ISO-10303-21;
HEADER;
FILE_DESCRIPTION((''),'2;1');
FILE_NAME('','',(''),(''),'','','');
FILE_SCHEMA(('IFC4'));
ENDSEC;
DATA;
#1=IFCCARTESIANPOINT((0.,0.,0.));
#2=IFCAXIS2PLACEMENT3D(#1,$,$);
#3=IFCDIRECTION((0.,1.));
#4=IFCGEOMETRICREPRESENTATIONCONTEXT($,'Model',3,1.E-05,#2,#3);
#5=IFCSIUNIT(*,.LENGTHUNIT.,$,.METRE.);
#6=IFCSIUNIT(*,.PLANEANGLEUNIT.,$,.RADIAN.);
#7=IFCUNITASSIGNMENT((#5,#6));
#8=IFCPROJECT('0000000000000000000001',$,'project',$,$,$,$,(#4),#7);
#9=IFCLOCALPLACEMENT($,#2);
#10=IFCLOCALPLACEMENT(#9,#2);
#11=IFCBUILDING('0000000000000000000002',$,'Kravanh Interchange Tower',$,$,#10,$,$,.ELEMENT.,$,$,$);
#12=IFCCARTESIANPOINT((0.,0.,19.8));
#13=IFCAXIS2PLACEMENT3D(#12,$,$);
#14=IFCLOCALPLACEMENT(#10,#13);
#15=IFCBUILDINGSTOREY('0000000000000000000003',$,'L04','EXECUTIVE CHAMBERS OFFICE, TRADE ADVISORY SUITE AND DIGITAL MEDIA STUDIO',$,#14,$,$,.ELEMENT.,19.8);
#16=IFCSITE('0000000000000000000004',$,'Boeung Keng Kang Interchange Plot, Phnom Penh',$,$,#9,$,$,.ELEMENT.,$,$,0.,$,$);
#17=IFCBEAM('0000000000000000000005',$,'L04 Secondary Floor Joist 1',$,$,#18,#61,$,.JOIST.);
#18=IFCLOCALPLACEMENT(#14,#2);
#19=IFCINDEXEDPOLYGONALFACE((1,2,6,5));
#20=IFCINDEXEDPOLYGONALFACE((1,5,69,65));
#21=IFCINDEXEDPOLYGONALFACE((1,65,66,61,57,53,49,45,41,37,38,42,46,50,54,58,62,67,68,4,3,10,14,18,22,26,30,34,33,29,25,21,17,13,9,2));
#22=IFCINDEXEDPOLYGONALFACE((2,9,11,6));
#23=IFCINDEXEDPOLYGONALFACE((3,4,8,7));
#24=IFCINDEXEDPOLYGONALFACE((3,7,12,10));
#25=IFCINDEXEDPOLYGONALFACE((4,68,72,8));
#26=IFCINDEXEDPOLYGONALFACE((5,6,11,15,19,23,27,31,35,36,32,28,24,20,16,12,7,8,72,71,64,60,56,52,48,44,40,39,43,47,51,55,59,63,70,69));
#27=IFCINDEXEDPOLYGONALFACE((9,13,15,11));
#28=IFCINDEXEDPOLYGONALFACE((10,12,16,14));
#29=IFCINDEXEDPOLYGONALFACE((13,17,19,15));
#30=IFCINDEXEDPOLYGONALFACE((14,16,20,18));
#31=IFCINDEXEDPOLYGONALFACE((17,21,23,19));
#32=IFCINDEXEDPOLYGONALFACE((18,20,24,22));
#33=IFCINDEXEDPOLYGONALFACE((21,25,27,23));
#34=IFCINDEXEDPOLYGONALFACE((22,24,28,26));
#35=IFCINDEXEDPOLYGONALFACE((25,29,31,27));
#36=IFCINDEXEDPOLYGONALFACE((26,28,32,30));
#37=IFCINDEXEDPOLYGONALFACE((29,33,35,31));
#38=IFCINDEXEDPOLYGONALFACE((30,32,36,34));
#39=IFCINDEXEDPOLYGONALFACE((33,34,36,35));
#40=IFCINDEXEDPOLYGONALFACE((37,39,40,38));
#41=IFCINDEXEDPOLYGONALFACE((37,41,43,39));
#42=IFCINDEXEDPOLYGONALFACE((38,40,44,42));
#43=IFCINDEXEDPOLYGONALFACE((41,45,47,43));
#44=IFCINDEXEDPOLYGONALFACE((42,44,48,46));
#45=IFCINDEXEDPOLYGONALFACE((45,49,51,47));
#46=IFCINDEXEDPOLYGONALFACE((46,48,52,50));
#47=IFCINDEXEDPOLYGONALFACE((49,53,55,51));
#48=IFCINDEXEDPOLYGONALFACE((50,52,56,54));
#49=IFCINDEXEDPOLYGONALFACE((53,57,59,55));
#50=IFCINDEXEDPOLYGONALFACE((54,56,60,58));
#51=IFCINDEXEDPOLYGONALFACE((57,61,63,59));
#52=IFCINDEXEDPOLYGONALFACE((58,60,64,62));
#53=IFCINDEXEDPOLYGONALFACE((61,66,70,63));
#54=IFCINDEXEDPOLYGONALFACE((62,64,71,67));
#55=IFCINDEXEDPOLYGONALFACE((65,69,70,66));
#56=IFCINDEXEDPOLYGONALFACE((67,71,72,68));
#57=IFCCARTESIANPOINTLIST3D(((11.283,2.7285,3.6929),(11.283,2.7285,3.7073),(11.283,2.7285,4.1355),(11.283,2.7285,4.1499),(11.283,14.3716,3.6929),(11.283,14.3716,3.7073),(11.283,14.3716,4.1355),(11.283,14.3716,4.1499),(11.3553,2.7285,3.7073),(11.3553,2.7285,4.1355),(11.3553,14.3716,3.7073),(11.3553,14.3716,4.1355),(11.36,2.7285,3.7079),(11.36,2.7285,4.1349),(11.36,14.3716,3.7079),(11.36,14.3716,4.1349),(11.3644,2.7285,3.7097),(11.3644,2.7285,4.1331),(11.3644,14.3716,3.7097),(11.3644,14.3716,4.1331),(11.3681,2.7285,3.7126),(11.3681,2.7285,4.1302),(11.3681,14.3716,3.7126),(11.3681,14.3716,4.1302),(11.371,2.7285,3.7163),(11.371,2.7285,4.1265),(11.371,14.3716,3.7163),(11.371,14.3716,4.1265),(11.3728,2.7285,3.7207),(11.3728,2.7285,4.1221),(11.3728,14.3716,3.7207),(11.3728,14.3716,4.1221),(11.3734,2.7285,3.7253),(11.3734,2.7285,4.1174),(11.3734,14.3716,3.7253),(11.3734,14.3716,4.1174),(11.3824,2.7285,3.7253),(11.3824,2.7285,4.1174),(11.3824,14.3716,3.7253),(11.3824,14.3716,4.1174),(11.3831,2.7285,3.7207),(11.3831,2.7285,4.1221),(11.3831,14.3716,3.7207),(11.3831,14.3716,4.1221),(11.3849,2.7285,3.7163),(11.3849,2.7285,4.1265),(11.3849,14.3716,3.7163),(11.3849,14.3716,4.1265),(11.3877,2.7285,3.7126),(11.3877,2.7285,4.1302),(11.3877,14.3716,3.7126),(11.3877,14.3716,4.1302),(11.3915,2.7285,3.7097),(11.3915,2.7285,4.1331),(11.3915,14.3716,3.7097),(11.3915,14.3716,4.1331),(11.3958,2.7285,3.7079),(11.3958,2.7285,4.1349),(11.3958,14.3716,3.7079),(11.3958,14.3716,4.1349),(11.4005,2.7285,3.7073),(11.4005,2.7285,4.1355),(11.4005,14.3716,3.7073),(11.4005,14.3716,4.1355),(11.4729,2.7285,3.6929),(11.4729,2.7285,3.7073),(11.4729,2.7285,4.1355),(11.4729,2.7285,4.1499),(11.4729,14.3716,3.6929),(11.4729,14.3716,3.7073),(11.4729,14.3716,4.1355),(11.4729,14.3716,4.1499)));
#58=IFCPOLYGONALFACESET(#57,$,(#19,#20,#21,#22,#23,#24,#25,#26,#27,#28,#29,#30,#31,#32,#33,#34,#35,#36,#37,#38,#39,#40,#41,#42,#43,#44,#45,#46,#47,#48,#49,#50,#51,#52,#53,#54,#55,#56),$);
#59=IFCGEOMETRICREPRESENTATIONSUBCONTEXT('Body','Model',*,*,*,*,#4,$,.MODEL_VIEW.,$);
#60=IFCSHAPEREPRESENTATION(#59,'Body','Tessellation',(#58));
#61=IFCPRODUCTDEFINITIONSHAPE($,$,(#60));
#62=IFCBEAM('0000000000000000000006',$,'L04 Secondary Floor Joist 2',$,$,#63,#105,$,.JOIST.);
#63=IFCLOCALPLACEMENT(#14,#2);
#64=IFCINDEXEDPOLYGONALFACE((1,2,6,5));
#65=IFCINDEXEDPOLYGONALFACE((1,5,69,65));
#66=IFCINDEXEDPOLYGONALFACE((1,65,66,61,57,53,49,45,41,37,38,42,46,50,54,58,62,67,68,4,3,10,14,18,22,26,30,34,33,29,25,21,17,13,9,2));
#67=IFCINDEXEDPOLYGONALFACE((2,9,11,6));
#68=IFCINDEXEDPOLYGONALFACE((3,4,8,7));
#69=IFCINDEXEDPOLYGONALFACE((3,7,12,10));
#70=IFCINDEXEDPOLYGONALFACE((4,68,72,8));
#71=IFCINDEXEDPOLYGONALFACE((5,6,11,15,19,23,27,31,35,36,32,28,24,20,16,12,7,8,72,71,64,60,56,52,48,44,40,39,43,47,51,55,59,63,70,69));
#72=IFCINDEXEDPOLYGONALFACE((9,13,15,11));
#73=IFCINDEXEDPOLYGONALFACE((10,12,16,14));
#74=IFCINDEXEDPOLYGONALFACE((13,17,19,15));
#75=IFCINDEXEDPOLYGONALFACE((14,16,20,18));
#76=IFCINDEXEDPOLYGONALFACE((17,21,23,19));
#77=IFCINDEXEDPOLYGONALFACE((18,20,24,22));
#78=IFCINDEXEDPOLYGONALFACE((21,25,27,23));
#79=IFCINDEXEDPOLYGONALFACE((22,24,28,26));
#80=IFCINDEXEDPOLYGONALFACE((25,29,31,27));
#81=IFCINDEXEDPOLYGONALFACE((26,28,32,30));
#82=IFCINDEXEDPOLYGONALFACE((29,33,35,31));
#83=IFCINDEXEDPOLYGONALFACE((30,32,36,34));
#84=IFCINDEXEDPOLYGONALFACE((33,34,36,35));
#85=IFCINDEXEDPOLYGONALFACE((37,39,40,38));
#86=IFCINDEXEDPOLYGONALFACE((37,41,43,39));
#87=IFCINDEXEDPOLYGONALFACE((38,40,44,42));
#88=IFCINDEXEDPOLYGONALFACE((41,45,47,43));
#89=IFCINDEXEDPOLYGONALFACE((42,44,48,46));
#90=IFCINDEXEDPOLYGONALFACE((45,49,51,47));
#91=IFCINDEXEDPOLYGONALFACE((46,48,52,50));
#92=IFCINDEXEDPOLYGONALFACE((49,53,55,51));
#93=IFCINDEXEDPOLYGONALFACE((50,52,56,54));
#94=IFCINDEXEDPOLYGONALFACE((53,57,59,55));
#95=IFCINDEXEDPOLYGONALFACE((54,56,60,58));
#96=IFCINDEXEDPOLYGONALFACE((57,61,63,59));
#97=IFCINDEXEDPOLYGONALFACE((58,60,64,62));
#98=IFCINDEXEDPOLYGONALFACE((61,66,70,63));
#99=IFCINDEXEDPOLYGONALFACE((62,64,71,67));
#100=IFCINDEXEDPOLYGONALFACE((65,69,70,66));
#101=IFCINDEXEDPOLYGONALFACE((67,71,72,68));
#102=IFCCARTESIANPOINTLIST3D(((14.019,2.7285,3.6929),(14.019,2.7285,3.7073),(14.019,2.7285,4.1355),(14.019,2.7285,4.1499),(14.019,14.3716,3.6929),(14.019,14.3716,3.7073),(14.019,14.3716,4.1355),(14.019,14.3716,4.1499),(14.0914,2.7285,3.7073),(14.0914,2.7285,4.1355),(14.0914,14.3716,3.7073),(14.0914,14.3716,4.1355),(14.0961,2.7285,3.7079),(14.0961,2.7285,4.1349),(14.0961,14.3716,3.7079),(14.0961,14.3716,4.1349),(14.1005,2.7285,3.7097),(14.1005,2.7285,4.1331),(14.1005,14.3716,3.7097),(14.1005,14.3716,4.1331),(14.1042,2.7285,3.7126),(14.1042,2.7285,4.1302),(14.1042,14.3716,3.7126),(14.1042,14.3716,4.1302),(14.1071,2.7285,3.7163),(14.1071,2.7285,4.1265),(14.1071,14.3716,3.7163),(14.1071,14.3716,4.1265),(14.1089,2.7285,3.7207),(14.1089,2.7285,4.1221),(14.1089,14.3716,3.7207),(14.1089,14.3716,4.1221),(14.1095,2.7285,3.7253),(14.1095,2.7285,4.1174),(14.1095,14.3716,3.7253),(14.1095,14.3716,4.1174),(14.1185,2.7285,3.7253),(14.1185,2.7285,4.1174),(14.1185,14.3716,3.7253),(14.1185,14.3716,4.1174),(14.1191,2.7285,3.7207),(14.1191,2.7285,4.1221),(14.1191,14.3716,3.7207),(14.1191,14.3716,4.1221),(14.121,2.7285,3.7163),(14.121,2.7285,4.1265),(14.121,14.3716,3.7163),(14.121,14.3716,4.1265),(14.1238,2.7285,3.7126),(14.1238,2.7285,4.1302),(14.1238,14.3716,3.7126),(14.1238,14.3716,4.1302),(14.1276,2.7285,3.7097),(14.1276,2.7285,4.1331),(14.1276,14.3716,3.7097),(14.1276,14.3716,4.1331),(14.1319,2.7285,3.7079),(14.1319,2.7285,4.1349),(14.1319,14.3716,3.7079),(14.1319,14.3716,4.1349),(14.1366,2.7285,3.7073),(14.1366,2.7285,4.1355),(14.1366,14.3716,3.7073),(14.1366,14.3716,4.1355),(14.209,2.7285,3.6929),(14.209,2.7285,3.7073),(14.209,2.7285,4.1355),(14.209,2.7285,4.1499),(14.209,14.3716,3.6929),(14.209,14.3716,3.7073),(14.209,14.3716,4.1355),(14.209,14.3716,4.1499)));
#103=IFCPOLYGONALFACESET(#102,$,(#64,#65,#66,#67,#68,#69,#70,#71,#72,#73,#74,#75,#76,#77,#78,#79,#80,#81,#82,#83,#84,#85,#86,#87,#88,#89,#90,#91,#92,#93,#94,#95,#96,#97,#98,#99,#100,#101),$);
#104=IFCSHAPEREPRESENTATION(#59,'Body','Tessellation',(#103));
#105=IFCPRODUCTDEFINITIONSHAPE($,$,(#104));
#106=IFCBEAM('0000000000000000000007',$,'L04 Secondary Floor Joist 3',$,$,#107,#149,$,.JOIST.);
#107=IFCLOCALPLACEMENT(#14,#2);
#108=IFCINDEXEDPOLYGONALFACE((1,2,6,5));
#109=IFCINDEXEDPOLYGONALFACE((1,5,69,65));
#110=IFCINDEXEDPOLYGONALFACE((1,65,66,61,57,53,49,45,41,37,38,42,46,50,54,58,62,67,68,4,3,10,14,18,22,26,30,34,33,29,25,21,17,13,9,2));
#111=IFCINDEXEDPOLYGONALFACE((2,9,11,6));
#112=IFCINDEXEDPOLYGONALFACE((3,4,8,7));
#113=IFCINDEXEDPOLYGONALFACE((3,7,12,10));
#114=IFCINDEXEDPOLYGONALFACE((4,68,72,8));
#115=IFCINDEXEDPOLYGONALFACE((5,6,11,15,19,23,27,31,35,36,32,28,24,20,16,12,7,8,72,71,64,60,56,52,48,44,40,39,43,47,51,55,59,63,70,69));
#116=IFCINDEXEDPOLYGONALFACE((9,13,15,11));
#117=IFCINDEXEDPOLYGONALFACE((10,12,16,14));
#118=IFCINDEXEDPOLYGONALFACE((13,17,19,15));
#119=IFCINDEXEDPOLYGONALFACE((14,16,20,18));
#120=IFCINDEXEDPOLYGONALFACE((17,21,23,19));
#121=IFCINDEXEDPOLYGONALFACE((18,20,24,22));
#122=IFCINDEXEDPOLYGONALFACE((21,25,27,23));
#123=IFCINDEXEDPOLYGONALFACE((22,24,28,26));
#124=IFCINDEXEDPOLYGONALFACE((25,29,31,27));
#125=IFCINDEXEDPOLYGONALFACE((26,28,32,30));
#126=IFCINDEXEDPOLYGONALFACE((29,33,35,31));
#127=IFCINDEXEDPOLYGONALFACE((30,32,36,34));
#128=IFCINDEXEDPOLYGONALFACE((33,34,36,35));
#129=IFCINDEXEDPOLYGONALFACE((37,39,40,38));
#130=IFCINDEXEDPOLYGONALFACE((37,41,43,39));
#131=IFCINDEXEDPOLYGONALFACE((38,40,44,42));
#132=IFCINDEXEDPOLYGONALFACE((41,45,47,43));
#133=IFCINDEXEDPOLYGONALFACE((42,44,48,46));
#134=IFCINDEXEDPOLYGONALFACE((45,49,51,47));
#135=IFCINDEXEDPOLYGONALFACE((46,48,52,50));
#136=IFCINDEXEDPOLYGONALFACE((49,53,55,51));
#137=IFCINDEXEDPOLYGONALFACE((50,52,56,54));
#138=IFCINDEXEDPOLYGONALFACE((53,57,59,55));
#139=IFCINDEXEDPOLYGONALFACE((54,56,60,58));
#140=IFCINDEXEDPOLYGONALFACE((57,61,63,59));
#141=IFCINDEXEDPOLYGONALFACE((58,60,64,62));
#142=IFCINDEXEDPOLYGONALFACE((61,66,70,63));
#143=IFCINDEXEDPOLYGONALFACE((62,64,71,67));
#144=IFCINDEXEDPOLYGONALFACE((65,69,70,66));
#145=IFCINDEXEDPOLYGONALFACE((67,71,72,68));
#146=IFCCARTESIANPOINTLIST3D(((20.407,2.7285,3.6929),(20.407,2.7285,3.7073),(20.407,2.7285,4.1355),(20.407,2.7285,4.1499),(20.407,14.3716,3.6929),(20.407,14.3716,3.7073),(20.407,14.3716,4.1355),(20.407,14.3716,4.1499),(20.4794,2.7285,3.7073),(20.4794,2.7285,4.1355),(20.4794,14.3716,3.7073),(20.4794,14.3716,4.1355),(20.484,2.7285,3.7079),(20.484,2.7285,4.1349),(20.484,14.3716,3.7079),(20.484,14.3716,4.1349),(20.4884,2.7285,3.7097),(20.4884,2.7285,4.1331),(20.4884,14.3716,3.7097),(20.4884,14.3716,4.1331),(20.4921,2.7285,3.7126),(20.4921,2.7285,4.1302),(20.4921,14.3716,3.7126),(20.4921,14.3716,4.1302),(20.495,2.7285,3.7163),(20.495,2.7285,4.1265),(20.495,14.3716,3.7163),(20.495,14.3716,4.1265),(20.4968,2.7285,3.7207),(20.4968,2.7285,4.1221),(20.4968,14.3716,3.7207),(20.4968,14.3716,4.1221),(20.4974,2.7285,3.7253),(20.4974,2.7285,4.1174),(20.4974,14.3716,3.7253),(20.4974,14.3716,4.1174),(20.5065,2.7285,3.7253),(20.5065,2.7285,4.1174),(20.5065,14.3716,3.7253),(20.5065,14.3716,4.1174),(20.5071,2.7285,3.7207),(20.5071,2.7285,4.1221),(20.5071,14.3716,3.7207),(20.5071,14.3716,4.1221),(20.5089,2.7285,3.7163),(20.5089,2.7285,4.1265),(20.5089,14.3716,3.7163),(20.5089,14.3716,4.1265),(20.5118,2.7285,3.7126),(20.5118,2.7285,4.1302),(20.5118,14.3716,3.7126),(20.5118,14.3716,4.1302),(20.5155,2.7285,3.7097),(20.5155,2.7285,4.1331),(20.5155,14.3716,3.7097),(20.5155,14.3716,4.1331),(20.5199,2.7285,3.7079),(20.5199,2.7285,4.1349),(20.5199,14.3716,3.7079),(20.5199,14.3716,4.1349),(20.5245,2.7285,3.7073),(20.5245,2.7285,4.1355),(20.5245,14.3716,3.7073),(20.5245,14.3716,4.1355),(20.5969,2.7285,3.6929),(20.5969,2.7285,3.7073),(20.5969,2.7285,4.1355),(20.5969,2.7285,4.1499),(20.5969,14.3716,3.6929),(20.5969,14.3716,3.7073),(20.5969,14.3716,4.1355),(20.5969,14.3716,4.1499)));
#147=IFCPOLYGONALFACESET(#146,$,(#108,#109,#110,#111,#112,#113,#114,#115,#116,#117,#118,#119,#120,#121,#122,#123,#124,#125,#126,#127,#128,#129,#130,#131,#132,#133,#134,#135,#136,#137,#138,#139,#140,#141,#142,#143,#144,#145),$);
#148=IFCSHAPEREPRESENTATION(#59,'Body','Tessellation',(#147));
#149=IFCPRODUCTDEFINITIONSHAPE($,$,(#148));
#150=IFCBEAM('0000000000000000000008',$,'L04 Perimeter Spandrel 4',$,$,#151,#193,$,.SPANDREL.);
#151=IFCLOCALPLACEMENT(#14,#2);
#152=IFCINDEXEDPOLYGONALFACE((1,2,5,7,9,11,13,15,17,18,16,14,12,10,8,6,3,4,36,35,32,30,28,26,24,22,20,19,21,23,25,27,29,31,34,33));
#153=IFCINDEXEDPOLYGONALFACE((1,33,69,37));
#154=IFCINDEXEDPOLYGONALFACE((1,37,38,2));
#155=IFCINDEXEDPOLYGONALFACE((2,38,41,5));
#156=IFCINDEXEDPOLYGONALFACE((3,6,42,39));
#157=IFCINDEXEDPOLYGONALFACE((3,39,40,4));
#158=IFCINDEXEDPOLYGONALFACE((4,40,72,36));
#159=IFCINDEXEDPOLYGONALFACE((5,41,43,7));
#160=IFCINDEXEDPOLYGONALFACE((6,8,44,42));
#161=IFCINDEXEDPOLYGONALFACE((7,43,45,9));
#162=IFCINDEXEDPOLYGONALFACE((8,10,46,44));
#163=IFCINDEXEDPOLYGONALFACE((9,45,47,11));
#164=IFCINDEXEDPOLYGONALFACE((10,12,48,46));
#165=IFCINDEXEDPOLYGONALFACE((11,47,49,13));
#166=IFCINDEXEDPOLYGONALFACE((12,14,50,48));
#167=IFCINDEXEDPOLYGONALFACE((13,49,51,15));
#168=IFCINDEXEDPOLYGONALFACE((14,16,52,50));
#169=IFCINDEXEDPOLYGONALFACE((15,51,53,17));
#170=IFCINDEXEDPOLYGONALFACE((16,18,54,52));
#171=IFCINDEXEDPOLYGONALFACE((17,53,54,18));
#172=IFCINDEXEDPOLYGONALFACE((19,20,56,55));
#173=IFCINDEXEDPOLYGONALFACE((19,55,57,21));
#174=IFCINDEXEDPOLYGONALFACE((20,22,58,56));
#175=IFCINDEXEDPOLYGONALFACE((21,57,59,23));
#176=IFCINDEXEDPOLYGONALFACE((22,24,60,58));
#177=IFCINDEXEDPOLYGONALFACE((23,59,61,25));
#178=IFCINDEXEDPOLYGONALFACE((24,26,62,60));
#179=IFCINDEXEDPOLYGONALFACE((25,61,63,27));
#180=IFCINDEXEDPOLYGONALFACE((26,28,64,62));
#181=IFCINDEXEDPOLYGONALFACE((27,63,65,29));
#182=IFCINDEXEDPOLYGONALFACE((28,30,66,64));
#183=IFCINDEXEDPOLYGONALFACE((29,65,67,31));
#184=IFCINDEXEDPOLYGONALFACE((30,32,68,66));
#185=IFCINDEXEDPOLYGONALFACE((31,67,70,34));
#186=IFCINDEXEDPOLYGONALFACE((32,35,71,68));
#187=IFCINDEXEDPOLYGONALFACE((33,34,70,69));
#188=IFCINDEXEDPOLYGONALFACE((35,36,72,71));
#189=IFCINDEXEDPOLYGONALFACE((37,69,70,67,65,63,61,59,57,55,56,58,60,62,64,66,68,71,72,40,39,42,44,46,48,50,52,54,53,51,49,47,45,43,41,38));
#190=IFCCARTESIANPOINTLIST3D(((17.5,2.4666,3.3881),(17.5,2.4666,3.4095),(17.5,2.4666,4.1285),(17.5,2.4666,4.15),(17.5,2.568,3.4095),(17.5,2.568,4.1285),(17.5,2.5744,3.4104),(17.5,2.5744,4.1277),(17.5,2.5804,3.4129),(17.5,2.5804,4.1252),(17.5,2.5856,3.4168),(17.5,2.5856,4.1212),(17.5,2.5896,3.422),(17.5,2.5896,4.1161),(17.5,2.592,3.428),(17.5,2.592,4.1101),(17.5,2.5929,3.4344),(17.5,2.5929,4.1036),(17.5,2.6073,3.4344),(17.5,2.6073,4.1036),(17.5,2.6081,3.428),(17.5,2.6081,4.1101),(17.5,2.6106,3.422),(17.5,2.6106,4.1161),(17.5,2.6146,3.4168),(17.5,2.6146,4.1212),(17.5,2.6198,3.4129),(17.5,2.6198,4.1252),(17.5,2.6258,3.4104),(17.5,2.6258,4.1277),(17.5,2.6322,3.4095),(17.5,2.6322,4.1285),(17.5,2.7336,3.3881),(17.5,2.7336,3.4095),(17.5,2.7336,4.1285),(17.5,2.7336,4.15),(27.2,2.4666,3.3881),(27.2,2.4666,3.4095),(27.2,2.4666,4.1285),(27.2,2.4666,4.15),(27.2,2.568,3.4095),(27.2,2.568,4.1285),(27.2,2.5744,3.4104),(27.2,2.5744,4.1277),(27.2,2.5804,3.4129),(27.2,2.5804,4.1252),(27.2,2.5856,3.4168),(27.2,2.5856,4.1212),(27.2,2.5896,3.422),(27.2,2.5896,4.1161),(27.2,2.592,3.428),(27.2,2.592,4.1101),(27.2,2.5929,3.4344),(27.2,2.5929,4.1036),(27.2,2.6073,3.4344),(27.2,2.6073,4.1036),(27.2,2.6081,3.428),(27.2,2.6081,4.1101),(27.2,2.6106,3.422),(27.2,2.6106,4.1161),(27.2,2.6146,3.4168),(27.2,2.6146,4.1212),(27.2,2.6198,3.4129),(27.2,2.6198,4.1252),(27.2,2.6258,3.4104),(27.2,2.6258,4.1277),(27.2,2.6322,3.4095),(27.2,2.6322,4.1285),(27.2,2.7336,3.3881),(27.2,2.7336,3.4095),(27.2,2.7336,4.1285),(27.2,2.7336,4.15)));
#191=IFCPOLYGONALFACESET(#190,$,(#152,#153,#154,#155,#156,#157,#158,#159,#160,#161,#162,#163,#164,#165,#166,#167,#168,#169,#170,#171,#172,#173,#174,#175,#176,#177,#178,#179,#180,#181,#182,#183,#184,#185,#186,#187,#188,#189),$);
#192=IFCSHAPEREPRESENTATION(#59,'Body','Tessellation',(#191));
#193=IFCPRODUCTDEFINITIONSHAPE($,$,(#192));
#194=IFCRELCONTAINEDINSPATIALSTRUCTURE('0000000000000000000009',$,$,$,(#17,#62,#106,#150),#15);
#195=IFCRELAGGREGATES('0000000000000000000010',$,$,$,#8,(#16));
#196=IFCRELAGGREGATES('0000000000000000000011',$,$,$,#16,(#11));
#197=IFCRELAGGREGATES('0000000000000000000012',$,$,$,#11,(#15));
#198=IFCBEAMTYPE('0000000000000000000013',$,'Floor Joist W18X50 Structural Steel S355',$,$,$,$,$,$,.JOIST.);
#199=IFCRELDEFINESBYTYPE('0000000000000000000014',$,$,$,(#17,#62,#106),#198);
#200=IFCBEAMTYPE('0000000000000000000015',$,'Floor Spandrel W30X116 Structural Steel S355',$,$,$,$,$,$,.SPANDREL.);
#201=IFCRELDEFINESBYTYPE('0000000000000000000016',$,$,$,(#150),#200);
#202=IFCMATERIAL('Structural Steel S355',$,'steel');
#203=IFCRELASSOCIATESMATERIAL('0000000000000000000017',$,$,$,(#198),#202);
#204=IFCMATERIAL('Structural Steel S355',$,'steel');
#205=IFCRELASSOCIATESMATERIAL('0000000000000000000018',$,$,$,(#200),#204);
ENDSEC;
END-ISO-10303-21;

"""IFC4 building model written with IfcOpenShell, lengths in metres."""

from ifc_helpers import new_model, si_unit, direction, frame, origin, origin_2d, place, context, subcontext, project, spatial, i_section, extrude, material, material_profile, profile_set, type_object, element, save


model = new_model("IFC4")

# Units and contexts
model_context = context("Model", 3, precision=1e-05, world=origin(), true_north=direction((0.0, 1.0)))
body_context = subcontext(model_context, "Body", "Model", "MODEL_VIEW")
ifc_project = project(units=[si_unit("LENGTHUNIT", "METRE"), si_unit("PLANEANGLEUNIT", "RADIAN")], contexts=[model_context])

# Site, building, storey
site_placement = place(None, origin())
site = spatial("IfcSite", under=ifc_project, at=site_placement, Name="Boeung Keng Kang Interchange Plot, Phnom Penh", CompositionType="ELEMENT", RefElevation=0.0)
building_placement = place(site_placement, origin())
building = spatial("IfcBuilding", under=site, at=building_placement, Name="Kravanh Interchange Tower", CompositionType="ELEMENT")
storey_placement = place(building_placement, frame((0.0, 0.0, 19.8)))
storey = spatial("IfcBuildingStorey", under=building, at=storey_placement, Name="L04", Description="EXECUTIVE CHAMBERS OFFICE, TRADE ADVISORY SUITE AND DIGITAL MEDIA STUDIO", CompositionType="ELEMENT", Elevation=19.8)

# Beams
ifc_material_1 = material(Name="Structural Steel S355", Category="steel")
ifc_material_profile_1 = material_profile(ifc_material_1, i_section(OverallWidth=0.1899, OverallDepth=0.457, WebThickness=0.009, FlangeThickness=0.0144, FilletRadius=0.0181, at=origin_2d()), Name="W18X50")
ifc_profile_set_1 = profile_set([ifc_material_profile_1], Name="Structural Steel S355")
beam_type_1 = type_object("IfcBeamType", Name="Floor Joist W18X50 Structural Steel S355", PredefinedType="JOIST", material=ifc_profile_set_1)
for number, where, z_axis, x_axis, name in (
    (1, (11.3779, 2.7285, 3.9214), (0.0, 1.0, 0.0), (-1.0, 0.0, 0.0), "L04 Secondary Floor Joist 1"),
    (2, (14.114, 2.7285, 3.9214), (0.0, 1.0, 0.0), (-1.0, 0.0, 0.0), "L04 Secondary Floor Joist 2"),
    (3, (20.502, 2.7285, 3.9214), (0.0, 1.0, 0.0), (-1.0, 0.0, 0.0), "L04 Secondary Floor Joist 3"),
):
    element("IfcBeam", number, at=place(storey_placement, frame(where, z_axis=z_axis, x_axis=x_axis)), inside=storey, type_object=beam_type_1, Name=name, PredefinedType="JOIST", context=body_context, shape_type="SweptSolid", body=[
        extrude(i_section(OverallWidth=0.1899, OverallDepth=0.457, WebThickness=0.009, FlangeThickness=0.0144, FilletRadius=0.0181, at=origin_2d()), origin(), (0.0, 0.0, 1.0), 11.6431),
    ])
ifc_material_2 = material(Name="Structural Steel S355", Category="steel")
ifc_material_profile_2 = material_profile(ifc_material_2, i_section(OverallWidth=0.2671, OverallDepth=0.762, WebThickness=0.0144, FlangeThickness=0.0215, FilletRadius=0.0249, at=origin_2d()), Name="W30X116")
ifc_profile_set_2 = profile_set([ifc_material_profile_2], Name="Structural Steel S355")
beam_type_2 = type_object("IfcBeamType", Name="Floor Spandrel W30X116 Structural Steel S355", PredefinedType="SPANDREL", material=ifc_profile_set_2)
beam_1_placement = place(storey_placement, frame((17.5, 2.6001, 3.769), z_axis=(1.0, 0.0, 0.0), x_axis=(0.0, 1.0, 0.0)))
element("IfcBeam", 4, at=beam_1_placement, inside=storey, type_object=beam_type_2, Name="L04 Perimeter Spandrel 4", PredefinedType="SPANDREL", context=body_context, shape_type="SweptSolid", body=[
    extrude(i_section(OverallWidth=0.2671, OverallDepth=0.762, WebThickness=0.0144, FlangeThickness=0.0215, FilletRadius=0.0249, at=origin_2d()), origin(), (0.0, 0.0, 1.0), 9.7),
])

save(model, "model.ifc")
